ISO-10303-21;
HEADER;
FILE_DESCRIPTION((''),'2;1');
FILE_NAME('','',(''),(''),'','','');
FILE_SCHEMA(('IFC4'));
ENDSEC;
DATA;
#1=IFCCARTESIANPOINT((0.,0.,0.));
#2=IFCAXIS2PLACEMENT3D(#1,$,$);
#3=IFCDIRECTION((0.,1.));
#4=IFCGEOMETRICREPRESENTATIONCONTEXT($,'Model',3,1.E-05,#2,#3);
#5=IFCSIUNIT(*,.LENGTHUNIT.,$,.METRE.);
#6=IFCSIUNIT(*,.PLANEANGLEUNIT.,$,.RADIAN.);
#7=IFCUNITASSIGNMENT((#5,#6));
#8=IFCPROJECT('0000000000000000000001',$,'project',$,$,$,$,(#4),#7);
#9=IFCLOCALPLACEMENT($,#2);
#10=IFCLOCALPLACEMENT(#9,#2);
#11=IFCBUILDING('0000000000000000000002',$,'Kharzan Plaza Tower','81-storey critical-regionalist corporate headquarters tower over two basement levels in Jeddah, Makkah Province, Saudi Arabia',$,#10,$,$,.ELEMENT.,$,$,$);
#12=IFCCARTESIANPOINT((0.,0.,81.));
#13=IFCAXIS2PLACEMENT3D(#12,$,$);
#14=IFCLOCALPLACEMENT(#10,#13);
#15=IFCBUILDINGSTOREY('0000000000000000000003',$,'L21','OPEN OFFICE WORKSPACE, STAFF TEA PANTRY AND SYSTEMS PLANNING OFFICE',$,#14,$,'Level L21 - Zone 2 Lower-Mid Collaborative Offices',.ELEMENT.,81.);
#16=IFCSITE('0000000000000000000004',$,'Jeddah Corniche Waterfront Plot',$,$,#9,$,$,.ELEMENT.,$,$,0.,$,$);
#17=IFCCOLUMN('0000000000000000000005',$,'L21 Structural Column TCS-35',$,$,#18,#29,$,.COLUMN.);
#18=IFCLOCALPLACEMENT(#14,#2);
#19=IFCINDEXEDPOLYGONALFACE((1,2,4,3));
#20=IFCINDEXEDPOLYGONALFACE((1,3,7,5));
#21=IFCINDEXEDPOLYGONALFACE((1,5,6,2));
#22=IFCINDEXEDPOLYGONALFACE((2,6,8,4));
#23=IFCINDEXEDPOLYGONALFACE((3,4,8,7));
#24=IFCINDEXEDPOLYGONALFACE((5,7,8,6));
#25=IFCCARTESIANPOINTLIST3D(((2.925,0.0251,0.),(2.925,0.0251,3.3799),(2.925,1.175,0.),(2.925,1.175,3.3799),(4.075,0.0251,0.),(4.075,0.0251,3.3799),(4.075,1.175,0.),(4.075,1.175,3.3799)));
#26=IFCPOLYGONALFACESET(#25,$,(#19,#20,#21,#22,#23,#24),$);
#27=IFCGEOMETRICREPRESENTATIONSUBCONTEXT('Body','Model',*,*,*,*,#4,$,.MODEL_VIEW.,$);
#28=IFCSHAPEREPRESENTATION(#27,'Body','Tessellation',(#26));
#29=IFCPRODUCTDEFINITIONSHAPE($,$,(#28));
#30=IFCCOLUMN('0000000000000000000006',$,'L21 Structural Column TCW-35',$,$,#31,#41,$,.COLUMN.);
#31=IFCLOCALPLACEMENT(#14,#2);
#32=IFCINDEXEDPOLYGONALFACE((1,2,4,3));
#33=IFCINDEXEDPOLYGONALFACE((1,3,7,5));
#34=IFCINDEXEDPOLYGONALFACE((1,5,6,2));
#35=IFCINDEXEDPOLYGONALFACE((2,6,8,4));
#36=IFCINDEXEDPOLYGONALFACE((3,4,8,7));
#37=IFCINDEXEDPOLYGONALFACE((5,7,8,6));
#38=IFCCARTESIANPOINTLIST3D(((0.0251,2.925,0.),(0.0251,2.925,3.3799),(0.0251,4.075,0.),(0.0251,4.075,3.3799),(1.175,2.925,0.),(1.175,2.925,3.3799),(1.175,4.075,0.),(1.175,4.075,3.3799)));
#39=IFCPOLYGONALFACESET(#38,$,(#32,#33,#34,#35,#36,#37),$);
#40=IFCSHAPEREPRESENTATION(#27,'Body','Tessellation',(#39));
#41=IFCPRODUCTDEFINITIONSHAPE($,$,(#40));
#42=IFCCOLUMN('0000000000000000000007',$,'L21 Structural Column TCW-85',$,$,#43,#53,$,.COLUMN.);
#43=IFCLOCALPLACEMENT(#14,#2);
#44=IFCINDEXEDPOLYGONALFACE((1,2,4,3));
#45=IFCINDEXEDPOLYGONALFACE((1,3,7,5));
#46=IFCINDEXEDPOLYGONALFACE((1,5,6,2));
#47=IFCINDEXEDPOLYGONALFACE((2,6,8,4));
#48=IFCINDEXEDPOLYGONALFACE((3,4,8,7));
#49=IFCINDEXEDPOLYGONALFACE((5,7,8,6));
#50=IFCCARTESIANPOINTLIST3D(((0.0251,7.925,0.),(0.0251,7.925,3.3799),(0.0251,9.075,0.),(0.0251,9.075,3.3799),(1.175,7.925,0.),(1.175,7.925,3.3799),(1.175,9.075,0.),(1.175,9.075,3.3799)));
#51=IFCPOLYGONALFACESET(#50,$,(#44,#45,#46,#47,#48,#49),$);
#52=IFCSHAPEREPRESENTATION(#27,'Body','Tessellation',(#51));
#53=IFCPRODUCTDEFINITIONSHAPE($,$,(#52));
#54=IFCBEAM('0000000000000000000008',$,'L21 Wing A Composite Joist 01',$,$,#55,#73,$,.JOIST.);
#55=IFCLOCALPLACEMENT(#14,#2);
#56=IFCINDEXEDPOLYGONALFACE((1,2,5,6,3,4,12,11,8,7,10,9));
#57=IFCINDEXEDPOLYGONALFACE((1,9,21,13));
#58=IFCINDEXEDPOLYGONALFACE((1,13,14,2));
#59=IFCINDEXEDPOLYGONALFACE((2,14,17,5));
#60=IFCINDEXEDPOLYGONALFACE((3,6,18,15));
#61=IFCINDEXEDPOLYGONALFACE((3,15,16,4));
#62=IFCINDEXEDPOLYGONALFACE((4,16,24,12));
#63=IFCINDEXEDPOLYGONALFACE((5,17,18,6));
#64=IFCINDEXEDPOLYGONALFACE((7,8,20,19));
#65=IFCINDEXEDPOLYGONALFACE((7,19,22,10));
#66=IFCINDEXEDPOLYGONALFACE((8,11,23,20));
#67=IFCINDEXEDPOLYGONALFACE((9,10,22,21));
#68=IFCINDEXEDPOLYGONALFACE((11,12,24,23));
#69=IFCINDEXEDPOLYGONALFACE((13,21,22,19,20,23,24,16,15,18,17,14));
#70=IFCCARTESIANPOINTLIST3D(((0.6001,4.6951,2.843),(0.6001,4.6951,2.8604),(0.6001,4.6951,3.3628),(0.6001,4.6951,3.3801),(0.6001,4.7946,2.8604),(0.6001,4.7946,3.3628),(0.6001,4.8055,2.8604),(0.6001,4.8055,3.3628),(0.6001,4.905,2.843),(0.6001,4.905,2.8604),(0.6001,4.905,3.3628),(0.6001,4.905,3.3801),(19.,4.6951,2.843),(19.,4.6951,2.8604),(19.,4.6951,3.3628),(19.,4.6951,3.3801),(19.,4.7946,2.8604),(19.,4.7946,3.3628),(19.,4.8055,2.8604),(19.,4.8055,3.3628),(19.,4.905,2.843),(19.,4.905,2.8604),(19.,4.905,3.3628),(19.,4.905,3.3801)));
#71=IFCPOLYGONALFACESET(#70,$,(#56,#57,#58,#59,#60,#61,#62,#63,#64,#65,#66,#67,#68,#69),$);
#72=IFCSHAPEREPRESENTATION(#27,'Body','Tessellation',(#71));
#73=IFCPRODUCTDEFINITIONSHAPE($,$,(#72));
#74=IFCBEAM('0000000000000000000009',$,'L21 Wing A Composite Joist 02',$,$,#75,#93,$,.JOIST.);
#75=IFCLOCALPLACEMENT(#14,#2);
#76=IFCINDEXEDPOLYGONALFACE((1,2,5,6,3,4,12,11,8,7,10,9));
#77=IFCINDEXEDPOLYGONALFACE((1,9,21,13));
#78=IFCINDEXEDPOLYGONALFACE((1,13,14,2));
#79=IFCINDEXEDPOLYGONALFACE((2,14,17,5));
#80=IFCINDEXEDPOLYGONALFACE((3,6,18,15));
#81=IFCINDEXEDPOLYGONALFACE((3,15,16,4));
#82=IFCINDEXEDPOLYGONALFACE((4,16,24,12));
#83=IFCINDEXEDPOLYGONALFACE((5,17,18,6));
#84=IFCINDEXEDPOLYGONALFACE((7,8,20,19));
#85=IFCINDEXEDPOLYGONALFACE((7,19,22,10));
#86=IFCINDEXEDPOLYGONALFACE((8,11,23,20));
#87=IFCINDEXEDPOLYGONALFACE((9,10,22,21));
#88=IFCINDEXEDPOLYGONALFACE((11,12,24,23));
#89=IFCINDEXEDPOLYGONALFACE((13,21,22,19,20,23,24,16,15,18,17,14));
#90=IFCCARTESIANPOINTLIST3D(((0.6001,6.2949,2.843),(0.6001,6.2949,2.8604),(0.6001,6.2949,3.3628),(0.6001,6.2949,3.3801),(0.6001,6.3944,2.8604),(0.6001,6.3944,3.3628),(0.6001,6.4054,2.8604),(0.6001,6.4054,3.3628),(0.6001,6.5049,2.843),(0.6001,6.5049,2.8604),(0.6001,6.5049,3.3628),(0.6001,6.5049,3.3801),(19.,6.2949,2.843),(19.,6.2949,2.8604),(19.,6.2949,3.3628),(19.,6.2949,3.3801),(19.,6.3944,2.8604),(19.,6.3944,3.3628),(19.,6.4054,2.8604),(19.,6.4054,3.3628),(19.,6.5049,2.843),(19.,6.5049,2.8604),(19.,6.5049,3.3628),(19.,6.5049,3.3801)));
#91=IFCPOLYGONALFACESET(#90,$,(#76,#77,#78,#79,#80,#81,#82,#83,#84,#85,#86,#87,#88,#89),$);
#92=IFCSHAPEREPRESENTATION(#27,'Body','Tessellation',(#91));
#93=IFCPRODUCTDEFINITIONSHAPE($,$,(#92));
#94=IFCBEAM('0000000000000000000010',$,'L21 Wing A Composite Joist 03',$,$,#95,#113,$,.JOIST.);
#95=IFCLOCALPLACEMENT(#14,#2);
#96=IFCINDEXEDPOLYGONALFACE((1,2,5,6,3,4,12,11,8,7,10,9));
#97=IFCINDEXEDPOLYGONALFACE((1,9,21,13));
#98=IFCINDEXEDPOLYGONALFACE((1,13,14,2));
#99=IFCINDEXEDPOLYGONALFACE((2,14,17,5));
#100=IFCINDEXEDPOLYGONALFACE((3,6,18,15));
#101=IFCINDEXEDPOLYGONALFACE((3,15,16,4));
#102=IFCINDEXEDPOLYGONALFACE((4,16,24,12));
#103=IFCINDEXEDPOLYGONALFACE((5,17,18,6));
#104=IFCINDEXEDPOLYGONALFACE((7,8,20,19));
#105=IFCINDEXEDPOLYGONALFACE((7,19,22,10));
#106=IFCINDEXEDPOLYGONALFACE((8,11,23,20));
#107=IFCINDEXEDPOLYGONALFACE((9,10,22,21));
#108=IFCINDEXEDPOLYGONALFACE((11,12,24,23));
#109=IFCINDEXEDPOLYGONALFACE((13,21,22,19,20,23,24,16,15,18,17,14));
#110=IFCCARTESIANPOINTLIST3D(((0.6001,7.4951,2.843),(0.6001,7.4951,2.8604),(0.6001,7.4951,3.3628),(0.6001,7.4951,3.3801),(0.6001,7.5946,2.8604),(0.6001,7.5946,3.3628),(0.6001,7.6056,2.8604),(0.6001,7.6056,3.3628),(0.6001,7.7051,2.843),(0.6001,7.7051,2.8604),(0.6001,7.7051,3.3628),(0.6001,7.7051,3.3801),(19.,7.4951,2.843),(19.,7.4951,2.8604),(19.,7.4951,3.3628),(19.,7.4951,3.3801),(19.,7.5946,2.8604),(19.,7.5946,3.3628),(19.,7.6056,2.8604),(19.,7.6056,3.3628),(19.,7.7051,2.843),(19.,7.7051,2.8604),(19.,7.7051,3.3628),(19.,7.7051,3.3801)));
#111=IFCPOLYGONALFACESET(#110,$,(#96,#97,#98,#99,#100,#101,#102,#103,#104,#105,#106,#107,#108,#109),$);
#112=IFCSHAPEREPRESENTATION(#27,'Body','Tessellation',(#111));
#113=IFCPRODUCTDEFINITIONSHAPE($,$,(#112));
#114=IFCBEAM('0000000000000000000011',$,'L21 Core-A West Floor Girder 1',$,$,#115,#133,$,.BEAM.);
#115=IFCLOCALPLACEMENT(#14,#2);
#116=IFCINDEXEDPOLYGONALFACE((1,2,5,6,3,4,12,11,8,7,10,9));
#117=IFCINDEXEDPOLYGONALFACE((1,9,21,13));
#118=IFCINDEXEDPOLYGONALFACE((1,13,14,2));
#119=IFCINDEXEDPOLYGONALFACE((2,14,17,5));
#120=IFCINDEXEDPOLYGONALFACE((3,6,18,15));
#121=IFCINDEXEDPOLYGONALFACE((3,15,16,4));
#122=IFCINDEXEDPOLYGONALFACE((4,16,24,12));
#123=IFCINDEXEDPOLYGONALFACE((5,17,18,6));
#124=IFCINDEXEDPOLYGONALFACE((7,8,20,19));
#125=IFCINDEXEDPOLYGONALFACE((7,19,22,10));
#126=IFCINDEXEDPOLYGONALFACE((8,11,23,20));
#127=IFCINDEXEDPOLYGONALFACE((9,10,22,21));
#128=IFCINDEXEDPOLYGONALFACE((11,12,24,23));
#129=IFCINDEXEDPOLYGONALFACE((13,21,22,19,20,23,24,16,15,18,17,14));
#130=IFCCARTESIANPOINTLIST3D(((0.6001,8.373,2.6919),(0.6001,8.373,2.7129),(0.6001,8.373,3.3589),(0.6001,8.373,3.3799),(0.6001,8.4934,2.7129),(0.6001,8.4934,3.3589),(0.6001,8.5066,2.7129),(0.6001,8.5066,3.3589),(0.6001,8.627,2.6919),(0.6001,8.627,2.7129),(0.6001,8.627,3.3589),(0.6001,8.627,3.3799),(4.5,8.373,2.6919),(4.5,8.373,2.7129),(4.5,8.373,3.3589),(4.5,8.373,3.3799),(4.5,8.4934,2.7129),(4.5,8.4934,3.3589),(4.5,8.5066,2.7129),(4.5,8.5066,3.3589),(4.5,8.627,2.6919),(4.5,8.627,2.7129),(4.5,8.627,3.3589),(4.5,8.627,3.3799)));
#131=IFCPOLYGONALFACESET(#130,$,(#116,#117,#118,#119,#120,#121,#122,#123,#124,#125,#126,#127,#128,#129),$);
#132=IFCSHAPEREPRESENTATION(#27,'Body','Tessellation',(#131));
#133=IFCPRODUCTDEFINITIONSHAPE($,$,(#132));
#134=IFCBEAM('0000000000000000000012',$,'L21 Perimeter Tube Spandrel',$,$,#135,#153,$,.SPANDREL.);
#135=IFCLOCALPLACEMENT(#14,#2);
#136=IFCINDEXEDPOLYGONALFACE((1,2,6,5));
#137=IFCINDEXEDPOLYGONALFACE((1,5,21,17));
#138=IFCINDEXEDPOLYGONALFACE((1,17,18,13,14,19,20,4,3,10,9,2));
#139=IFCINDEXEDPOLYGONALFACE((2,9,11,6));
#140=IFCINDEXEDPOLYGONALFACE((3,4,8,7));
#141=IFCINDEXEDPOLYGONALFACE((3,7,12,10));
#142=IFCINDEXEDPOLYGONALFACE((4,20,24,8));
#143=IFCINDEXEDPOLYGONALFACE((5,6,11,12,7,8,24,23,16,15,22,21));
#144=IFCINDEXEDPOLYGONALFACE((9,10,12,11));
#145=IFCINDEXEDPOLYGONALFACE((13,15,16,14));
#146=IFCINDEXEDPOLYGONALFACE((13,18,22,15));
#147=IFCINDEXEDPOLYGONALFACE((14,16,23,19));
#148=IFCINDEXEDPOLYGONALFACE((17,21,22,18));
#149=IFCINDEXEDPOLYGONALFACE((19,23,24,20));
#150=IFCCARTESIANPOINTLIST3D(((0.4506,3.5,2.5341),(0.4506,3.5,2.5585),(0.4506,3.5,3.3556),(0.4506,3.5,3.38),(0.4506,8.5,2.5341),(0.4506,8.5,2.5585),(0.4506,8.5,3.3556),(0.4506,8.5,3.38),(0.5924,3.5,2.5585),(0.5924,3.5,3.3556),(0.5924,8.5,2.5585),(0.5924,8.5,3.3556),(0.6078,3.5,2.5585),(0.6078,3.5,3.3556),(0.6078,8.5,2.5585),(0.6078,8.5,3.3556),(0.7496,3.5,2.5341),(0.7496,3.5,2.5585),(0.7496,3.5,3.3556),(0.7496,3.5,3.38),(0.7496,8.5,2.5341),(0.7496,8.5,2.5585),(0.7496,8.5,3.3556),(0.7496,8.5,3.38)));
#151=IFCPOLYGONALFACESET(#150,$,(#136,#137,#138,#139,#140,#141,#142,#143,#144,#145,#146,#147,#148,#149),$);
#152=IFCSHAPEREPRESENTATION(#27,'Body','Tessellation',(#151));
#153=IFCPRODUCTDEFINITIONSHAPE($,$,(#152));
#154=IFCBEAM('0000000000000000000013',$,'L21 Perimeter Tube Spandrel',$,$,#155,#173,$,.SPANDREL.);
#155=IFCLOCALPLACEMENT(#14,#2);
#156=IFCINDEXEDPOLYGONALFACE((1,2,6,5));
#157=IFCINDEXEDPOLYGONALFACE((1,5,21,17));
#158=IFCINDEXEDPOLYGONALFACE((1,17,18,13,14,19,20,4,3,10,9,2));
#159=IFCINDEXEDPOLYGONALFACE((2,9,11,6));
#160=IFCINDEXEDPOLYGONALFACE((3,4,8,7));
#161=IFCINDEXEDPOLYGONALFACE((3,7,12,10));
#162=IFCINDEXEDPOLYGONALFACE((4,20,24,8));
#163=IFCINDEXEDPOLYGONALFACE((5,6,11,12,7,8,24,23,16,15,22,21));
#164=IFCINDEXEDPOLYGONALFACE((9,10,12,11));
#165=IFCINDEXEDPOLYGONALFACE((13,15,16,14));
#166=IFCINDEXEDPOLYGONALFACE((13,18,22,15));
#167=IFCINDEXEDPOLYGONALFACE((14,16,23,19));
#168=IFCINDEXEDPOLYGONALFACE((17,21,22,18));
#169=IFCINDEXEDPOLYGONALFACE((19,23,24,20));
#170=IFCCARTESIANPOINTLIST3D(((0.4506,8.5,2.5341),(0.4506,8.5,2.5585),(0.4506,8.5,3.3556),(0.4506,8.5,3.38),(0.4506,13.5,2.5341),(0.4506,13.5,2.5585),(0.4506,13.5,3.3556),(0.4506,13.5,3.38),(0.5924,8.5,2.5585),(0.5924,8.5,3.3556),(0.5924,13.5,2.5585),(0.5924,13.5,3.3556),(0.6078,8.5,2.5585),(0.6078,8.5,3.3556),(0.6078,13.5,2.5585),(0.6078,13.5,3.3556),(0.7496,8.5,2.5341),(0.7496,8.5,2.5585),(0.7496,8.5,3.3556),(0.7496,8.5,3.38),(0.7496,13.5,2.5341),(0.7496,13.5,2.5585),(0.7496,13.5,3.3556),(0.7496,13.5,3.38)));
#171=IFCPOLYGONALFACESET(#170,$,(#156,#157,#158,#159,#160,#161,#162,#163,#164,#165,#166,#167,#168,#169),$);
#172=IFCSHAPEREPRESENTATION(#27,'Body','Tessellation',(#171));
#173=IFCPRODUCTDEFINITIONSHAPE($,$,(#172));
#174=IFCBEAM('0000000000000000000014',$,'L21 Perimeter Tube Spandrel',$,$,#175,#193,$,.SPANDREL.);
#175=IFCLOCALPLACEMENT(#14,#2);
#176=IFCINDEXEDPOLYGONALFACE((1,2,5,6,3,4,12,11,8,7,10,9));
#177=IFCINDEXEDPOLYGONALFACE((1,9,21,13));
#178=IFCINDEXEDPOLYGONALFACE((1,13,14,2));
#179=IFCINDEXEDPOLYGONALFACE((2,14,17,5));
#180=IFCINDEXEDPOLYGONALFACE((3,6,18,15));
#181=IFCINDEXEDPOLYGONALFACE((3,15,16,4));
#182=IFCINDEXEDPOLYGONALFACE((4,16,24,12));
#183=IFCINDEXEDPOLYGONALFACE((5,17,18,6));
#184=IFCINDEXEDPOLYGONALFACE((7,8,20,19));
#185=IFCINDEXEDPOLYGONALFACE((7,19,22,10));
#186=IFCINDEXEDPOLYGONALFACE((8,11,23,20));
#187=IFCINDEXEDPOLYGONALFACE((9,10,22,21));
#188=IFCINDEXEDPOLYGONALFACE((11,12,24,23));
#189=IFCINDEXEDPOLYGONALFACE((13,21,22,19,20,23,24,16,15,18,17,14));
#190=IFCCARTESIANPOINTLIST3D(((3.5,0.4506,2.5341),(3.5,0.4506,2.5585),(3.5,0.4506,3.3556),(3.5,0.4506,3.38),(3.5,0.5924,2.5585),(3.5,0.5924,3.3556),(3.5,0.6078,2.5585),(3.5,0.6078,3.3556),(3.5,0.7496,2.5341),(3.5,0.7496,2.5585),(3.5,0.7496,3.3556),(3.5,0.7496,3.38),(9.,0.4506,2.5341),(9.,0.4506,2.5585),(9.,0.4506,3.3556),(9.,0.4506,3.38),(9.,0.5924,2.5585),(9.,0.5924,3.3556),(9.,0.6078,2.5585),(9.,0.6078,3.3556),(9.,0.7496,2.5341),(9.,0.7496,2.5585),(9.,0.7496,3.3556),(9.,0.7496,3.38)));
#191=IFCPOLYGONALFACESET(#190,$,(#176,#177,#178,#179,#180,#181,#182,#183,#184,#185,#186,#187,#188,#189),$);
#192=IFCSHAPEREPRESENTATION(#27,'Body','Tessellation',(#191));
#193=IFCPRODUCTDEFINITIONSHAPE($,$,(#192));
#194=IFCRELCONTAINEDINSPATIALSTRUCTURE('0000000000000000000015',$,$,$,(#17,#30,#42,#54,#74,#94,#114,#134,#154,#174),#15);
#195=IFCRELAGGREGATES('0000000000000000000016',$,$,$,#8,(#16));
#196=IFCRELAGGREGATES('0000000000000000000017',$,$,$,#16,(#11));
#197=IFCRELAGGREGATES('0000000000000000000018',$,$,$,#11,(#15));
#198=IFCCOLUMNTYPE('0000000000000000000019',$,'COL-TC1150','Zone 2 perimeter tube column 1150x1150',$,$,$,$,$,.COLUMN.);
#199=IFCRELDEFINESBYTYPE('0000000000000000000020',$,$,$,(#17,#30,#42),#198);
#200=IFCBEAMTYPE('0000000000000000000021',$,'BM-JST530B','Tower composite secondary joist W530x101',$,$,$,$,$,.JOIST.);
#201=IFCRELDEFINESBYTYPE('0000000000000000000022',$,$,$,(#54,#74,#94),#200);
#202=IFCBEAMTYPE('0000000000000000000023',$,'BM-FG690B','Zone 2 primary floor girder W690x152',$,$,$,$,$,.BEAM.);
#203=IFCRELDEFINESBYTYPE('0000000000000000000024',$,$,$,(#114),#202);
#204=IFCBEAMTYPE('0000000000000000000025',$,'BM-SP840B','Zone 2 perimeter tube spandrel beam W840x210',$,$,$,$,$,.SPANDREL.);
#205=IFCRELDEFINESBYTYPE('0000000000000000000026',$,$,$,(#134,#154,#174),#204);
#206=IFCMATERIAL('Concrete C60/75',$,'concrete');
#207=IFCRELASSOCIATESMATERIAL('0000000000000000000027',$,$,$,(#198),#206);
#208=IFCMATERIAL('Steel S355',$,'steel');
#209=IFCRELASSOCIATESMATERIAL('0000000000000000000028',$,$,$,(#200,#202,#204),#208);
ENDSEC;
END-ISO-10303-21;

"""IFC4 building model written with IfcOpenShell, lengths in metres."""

from ifc_helpers import new_model, si_unit, direction, frame, origin, origin_2d, place, context, subcontext, project, spatial, rectangle, i_section, extrude, source, transform, mapped, material, material_profile, profile_set, type_object, element, save


model = new_model("IFC4")

# Units and contexts
model_context = context("Model", 3, precision=1e-05, world=origin(), true_north=direction((0.0, 1.0)))
body_context = subcontext(model_context, "Body", "Model", "MODEL_VIEW")
ifc_project = project(units=[si_unit("LENGTHUNIT", "METRE"), si_unit("PLANEANGLEUNIT", "RADIAN")], contexts=[model_context])

# Site, building, storey
site_placement = place(None, origin())
site = spatial("IfcSite", under=ifc_project, at=site_placement, Name="Jeddah Corniche Waterfront Plot", CompositionType="ELEMENT", RefElevation=0.0)
building_placement = place(site_placement, origin())
building = spatial("IfcBuilding", under=site, at=building_placement, Name="Kharzan Plaza Tower", Description="81-storey critical-regionalist corporate headquarters tower over two basement levels in Jeddah, Makkah Province, Saudi Arabia", CompositionType="ELEMENT")
storey_placement = place(building_placement, frame((0.0, 0.0, 81.0)))
storey = spatial("IfcBuildingStorey", under=building, at=storey_placement, Name="L21", Description="OPEN OFFICE WORKSPACE, STAFF TEA PANTRY AND SYSTEMS PLANNING OFFICE", LongName="Level L21 - Zone 2 Lower-Mid Collaborative Offices", CompositionType="ELEMENT", Elevation=81.0)

# Columns
ifc_material_1 = material(Name="Concrete C60/75", Category="concrete")
ifc_material_profile_1 = material_profile(ifc_material_1, rectangle(XDim=1.1499, YDim=1.1499, at=origin_2d()), Name="RC-TC1150x1150")
ifc_profile_set_1 = profile_set([ifc_material_profile_1], Name="Concrete C60/75")
column_type = type_object("IfcColumnType", Name="COL-TC1150", Description="Zone 2 perimeter tube column 1150x1150", PredefinedType="COLUMN", material=ifc_profile_set_1)
shared_shape_1 = source(origin(), body_context, "Body", "SweptSolid", [
    extrude(rectangle(XDim=1.1499, YDim=1.1499, at=origin_2d()), origin(), (0.0, 0.0, 1.0), 3.3799),
])
for number, where, z_axis, x_axis, name in (
    (1, (3.5, 0.6001, 0.0), (0.0, 0.0, 1.0), (1.0, 0.0, 0.0), "L21 Structural Column TCS-35"),
    (2, (0.6001, 3.5, 0.0), (0.0, 0.0, 1.0), (1.0, 0.0, 0.0), "L21 Structural Column TCW-35"),
    (3, (0.6001, 8.5, 0.0), (0.0, 0.0, 1.0), (1.0, 0.0, 0.0), "L21 Structural Column TCW-85"),
):
    element("IfcColumn", number, at=place(storey_placement, frame(where, z_axis=z_axis, x_axis=x_axis)), inside=storey, type_object=column_type, Name=name, PredefinedType="COLUMN", context=body_context, shape_type="MappedRepresentation", body=[
        mapped(shared_shape_1, transform((0.0, 0.0, 0.0), x_axis=(1.0, 0.0, 0.0), y_axis=(0.0, 1.0, 0.0), z_axis=(0.0, 0.0, 1.0))),
    ])

# Beams
ifc_material_2 = material(Name="Steel S355", Category="steel")
ifc_material_profile_2 = material_profile(ifc_material_2, i_section(OverallWidth=0.21, OverallDepth=0.5371, WebThickness=0.011, FlangeThickness=0.0173, at=origin_2d()), Name="W530x101")
ifc_profile_set_2 = profile_set([ifc_material_profile_2], Name="Steel S355")
beam_type_1 = type_object("IfcBeamType", Name="BM-JST530B", Description="Tower composite secondary joist W530x101", PredefinedType="JOIST", material=ifc_profile_set_2)
shared_shape_2 = source(origin(), body_context, "Body", "SweptSolid", [
    extrude(i_section(OverallWidth=0.21, OverallDepth=0.5371, WebThickness=0.011, FlangeThickness=0.0173, at=origin_2d()), origin(), (0.0, 0.0, 1.0), 18.3999),
])
for number, where, z_axis, x_axis, name in (
    (4, (0.6001, 4.8, 3.1116), (1.0, 0.0, 0.0), (0.0, 1.0, 0.0), "L21 Wing A Composite Joist 01"),
    (5, (0.6001, 6.3999, 3.1116), (1.0, 0.0, 0.0), (0.0, 1.0, 0.0), "L21 Wing A Composite Joist 02"),
    (6, (0.6001, 7.6001, 3.1116), (1.0, 0.0, 0.0), (0.0, 1.0, 0.0), "L21 Wing A Composite Joist 03"),
):
    element("IfcBeam", number, at=place(storey_placement, frame(where, z_axis=z_axis, x_axis=x_axis)), inside=storey, type_object=beam_type_1, Name=name, PredefinedType="JOIST", context=body_context, shape_type="MappedRepresentation", body=[
        mapped(shared_shape_2, transform((0.0, 0.0, 0.0), x_axis=(1.0, 0.0, 0.0), y_axis=(0.0, 1.0, 0.0), z_axis=(0.0, 0.0, 1.0))),
    ])
ifc_material_profile_3 = material_profile(ifc_material_2, i_section(OverallWidth=0.2539, OverallDepth=0.688, WebThickness=0.0132, FlangeThickness=0.021, at=origin_2d()), Name="W690x152")
ifc_profile_set_3 = profile_set([ifc_material_profile_3], Name="Steel S355")
beam_type_2 = type_object("IfcBeamType", Name="BM-FG690B", Description="Zone 2 primary floor girder W690x152", PredefinedType="BEAM", material=ifc_profile_set_3)
shared_shape_3 = source(origin(), body_context, "Body", "SweptSolid", [
    extrude(i_section(OverallWidth=0.2539, OverallDepth=0.688, WebThickness=0.0132, FlangeThickness=0.021, at=origin_2d()), origin(), (0.0, 0.0, 1.0), 3.8999),
])
beam_1_placement = place(storey_placement, frame((0.6001, 8.5, 3.0359), z_axis=(1.0, 0.0, 0.0), x_axis=(0.0, 1.0, 0.0)))
element("IfcBeam", 7, at=beam_1_placement, inside=storey, type_object=beam_type_2, Name="L21 Core-A West Floor Girder 1", PredefinedType="BEAM", context=body_context, shape_type="MappedRepresentation", body=[
    mapped(shared_shape_3, transform((0.0, 0.0, 0.0), x_axis=(1.0, 0.0, 0.0), y_axis=(0.0, 1.0, 0.0), z_axis=(0.0, 0.0, 1.0))),
])
ifc_material_profile_4 = material_profile(ifc_material_2, i_section(OverallWidth=0.2991, OverallDepth=0.8459, WebThickness=0.0154, FlangeThickness=0.0244, at=origin_2d()), Name="W840x210")
ifc_profile_set_4 = profile_set([ifc_material_profile_4], Name="Steel S355")
beam_type_3 = type_object("IfcBeamType", Name="BM-SP840B", Description="Zone 2 perimeter tube spandrel beam W840x210", PredefinedType="SPANDREL", material=ifc_profile_set_4)
shared_shape_4 = source(origin(), body_context, "Body", "SweptSolid", [
    extrude(i_section(OverallWidth=0.2991, OverallDepth=0.8459, WebThickness=0.0154, FlangeThickness=0.0244, at=origin_2d()), origin(), (0.0, 0.0, 1.0), 5.0),
])
for number, where, z_axis, x_axis, name in (
    (8, (0.6001, 3.5, 2.957), (0.0, 1.0, 0.0), (-1.0, 0.0, 0.0), "L21 Perimeter Tube Spandrel"),
    (9, (0.6001, 8.5, 2.957), (0.0, 1.0, 0.0), (-1.0, 0.0, 0.0), "L21 Perimeter Tube Spandrel"),
):
    element("IfcBeam", number, at=place(storey_placement, frame(where, z_axis=z_axis, x_axis=x_axis)), inside=storey, type_object=beam_type_3, Name=name, PredefinedType="SPANDREL", context=body_context, shape_type="MappedRepresentation", body=[
        mapped(shared_shape_4, transform((0.0, 0.0, 0.0), x_axis=(1.0, 0.0, 0.0), y_axis=(0.0, 1.0, 0.0), z_axis=(0.0, 0.0, 1.0))),
    ])
shared_shape_5 = source(origin(), body_context, "Body", "SweptSolid", [
    extrude(i_section(OverallWidth=0.2991, OverallDepth=0.8459, WebThickness=0.0154, FlangeThickness=0.0244, at=origin_2d()), origin(), (0.0, 0.0, 1.0), 5.5),
])
beam_2_placement = place(storey_placement, frame((3.5, 0.6001, 2.957), z_axis=(1.0, 0.0, 0.0), x_axis=(0.0, 1.0, 0.0)))
element("IfcBeam", 10, at=beam_2_placement, inside=storey, type_object=beam_type_3, Name="L21 Perimeter Tube Spandrel", PredefinedType="SPANDREL", context=body_context, shape_type="MappedRepresentation", body=[
    mapped(shared_shape_5, transform((0.0, 0.0, 0.0), x_axis=(1.0, 0.0, 0.0), y_axis=(0.0, 1.0, 0.0), z_axis=(0.0, 0.0, 1.0))),
])

save(model, "model.ifc")
